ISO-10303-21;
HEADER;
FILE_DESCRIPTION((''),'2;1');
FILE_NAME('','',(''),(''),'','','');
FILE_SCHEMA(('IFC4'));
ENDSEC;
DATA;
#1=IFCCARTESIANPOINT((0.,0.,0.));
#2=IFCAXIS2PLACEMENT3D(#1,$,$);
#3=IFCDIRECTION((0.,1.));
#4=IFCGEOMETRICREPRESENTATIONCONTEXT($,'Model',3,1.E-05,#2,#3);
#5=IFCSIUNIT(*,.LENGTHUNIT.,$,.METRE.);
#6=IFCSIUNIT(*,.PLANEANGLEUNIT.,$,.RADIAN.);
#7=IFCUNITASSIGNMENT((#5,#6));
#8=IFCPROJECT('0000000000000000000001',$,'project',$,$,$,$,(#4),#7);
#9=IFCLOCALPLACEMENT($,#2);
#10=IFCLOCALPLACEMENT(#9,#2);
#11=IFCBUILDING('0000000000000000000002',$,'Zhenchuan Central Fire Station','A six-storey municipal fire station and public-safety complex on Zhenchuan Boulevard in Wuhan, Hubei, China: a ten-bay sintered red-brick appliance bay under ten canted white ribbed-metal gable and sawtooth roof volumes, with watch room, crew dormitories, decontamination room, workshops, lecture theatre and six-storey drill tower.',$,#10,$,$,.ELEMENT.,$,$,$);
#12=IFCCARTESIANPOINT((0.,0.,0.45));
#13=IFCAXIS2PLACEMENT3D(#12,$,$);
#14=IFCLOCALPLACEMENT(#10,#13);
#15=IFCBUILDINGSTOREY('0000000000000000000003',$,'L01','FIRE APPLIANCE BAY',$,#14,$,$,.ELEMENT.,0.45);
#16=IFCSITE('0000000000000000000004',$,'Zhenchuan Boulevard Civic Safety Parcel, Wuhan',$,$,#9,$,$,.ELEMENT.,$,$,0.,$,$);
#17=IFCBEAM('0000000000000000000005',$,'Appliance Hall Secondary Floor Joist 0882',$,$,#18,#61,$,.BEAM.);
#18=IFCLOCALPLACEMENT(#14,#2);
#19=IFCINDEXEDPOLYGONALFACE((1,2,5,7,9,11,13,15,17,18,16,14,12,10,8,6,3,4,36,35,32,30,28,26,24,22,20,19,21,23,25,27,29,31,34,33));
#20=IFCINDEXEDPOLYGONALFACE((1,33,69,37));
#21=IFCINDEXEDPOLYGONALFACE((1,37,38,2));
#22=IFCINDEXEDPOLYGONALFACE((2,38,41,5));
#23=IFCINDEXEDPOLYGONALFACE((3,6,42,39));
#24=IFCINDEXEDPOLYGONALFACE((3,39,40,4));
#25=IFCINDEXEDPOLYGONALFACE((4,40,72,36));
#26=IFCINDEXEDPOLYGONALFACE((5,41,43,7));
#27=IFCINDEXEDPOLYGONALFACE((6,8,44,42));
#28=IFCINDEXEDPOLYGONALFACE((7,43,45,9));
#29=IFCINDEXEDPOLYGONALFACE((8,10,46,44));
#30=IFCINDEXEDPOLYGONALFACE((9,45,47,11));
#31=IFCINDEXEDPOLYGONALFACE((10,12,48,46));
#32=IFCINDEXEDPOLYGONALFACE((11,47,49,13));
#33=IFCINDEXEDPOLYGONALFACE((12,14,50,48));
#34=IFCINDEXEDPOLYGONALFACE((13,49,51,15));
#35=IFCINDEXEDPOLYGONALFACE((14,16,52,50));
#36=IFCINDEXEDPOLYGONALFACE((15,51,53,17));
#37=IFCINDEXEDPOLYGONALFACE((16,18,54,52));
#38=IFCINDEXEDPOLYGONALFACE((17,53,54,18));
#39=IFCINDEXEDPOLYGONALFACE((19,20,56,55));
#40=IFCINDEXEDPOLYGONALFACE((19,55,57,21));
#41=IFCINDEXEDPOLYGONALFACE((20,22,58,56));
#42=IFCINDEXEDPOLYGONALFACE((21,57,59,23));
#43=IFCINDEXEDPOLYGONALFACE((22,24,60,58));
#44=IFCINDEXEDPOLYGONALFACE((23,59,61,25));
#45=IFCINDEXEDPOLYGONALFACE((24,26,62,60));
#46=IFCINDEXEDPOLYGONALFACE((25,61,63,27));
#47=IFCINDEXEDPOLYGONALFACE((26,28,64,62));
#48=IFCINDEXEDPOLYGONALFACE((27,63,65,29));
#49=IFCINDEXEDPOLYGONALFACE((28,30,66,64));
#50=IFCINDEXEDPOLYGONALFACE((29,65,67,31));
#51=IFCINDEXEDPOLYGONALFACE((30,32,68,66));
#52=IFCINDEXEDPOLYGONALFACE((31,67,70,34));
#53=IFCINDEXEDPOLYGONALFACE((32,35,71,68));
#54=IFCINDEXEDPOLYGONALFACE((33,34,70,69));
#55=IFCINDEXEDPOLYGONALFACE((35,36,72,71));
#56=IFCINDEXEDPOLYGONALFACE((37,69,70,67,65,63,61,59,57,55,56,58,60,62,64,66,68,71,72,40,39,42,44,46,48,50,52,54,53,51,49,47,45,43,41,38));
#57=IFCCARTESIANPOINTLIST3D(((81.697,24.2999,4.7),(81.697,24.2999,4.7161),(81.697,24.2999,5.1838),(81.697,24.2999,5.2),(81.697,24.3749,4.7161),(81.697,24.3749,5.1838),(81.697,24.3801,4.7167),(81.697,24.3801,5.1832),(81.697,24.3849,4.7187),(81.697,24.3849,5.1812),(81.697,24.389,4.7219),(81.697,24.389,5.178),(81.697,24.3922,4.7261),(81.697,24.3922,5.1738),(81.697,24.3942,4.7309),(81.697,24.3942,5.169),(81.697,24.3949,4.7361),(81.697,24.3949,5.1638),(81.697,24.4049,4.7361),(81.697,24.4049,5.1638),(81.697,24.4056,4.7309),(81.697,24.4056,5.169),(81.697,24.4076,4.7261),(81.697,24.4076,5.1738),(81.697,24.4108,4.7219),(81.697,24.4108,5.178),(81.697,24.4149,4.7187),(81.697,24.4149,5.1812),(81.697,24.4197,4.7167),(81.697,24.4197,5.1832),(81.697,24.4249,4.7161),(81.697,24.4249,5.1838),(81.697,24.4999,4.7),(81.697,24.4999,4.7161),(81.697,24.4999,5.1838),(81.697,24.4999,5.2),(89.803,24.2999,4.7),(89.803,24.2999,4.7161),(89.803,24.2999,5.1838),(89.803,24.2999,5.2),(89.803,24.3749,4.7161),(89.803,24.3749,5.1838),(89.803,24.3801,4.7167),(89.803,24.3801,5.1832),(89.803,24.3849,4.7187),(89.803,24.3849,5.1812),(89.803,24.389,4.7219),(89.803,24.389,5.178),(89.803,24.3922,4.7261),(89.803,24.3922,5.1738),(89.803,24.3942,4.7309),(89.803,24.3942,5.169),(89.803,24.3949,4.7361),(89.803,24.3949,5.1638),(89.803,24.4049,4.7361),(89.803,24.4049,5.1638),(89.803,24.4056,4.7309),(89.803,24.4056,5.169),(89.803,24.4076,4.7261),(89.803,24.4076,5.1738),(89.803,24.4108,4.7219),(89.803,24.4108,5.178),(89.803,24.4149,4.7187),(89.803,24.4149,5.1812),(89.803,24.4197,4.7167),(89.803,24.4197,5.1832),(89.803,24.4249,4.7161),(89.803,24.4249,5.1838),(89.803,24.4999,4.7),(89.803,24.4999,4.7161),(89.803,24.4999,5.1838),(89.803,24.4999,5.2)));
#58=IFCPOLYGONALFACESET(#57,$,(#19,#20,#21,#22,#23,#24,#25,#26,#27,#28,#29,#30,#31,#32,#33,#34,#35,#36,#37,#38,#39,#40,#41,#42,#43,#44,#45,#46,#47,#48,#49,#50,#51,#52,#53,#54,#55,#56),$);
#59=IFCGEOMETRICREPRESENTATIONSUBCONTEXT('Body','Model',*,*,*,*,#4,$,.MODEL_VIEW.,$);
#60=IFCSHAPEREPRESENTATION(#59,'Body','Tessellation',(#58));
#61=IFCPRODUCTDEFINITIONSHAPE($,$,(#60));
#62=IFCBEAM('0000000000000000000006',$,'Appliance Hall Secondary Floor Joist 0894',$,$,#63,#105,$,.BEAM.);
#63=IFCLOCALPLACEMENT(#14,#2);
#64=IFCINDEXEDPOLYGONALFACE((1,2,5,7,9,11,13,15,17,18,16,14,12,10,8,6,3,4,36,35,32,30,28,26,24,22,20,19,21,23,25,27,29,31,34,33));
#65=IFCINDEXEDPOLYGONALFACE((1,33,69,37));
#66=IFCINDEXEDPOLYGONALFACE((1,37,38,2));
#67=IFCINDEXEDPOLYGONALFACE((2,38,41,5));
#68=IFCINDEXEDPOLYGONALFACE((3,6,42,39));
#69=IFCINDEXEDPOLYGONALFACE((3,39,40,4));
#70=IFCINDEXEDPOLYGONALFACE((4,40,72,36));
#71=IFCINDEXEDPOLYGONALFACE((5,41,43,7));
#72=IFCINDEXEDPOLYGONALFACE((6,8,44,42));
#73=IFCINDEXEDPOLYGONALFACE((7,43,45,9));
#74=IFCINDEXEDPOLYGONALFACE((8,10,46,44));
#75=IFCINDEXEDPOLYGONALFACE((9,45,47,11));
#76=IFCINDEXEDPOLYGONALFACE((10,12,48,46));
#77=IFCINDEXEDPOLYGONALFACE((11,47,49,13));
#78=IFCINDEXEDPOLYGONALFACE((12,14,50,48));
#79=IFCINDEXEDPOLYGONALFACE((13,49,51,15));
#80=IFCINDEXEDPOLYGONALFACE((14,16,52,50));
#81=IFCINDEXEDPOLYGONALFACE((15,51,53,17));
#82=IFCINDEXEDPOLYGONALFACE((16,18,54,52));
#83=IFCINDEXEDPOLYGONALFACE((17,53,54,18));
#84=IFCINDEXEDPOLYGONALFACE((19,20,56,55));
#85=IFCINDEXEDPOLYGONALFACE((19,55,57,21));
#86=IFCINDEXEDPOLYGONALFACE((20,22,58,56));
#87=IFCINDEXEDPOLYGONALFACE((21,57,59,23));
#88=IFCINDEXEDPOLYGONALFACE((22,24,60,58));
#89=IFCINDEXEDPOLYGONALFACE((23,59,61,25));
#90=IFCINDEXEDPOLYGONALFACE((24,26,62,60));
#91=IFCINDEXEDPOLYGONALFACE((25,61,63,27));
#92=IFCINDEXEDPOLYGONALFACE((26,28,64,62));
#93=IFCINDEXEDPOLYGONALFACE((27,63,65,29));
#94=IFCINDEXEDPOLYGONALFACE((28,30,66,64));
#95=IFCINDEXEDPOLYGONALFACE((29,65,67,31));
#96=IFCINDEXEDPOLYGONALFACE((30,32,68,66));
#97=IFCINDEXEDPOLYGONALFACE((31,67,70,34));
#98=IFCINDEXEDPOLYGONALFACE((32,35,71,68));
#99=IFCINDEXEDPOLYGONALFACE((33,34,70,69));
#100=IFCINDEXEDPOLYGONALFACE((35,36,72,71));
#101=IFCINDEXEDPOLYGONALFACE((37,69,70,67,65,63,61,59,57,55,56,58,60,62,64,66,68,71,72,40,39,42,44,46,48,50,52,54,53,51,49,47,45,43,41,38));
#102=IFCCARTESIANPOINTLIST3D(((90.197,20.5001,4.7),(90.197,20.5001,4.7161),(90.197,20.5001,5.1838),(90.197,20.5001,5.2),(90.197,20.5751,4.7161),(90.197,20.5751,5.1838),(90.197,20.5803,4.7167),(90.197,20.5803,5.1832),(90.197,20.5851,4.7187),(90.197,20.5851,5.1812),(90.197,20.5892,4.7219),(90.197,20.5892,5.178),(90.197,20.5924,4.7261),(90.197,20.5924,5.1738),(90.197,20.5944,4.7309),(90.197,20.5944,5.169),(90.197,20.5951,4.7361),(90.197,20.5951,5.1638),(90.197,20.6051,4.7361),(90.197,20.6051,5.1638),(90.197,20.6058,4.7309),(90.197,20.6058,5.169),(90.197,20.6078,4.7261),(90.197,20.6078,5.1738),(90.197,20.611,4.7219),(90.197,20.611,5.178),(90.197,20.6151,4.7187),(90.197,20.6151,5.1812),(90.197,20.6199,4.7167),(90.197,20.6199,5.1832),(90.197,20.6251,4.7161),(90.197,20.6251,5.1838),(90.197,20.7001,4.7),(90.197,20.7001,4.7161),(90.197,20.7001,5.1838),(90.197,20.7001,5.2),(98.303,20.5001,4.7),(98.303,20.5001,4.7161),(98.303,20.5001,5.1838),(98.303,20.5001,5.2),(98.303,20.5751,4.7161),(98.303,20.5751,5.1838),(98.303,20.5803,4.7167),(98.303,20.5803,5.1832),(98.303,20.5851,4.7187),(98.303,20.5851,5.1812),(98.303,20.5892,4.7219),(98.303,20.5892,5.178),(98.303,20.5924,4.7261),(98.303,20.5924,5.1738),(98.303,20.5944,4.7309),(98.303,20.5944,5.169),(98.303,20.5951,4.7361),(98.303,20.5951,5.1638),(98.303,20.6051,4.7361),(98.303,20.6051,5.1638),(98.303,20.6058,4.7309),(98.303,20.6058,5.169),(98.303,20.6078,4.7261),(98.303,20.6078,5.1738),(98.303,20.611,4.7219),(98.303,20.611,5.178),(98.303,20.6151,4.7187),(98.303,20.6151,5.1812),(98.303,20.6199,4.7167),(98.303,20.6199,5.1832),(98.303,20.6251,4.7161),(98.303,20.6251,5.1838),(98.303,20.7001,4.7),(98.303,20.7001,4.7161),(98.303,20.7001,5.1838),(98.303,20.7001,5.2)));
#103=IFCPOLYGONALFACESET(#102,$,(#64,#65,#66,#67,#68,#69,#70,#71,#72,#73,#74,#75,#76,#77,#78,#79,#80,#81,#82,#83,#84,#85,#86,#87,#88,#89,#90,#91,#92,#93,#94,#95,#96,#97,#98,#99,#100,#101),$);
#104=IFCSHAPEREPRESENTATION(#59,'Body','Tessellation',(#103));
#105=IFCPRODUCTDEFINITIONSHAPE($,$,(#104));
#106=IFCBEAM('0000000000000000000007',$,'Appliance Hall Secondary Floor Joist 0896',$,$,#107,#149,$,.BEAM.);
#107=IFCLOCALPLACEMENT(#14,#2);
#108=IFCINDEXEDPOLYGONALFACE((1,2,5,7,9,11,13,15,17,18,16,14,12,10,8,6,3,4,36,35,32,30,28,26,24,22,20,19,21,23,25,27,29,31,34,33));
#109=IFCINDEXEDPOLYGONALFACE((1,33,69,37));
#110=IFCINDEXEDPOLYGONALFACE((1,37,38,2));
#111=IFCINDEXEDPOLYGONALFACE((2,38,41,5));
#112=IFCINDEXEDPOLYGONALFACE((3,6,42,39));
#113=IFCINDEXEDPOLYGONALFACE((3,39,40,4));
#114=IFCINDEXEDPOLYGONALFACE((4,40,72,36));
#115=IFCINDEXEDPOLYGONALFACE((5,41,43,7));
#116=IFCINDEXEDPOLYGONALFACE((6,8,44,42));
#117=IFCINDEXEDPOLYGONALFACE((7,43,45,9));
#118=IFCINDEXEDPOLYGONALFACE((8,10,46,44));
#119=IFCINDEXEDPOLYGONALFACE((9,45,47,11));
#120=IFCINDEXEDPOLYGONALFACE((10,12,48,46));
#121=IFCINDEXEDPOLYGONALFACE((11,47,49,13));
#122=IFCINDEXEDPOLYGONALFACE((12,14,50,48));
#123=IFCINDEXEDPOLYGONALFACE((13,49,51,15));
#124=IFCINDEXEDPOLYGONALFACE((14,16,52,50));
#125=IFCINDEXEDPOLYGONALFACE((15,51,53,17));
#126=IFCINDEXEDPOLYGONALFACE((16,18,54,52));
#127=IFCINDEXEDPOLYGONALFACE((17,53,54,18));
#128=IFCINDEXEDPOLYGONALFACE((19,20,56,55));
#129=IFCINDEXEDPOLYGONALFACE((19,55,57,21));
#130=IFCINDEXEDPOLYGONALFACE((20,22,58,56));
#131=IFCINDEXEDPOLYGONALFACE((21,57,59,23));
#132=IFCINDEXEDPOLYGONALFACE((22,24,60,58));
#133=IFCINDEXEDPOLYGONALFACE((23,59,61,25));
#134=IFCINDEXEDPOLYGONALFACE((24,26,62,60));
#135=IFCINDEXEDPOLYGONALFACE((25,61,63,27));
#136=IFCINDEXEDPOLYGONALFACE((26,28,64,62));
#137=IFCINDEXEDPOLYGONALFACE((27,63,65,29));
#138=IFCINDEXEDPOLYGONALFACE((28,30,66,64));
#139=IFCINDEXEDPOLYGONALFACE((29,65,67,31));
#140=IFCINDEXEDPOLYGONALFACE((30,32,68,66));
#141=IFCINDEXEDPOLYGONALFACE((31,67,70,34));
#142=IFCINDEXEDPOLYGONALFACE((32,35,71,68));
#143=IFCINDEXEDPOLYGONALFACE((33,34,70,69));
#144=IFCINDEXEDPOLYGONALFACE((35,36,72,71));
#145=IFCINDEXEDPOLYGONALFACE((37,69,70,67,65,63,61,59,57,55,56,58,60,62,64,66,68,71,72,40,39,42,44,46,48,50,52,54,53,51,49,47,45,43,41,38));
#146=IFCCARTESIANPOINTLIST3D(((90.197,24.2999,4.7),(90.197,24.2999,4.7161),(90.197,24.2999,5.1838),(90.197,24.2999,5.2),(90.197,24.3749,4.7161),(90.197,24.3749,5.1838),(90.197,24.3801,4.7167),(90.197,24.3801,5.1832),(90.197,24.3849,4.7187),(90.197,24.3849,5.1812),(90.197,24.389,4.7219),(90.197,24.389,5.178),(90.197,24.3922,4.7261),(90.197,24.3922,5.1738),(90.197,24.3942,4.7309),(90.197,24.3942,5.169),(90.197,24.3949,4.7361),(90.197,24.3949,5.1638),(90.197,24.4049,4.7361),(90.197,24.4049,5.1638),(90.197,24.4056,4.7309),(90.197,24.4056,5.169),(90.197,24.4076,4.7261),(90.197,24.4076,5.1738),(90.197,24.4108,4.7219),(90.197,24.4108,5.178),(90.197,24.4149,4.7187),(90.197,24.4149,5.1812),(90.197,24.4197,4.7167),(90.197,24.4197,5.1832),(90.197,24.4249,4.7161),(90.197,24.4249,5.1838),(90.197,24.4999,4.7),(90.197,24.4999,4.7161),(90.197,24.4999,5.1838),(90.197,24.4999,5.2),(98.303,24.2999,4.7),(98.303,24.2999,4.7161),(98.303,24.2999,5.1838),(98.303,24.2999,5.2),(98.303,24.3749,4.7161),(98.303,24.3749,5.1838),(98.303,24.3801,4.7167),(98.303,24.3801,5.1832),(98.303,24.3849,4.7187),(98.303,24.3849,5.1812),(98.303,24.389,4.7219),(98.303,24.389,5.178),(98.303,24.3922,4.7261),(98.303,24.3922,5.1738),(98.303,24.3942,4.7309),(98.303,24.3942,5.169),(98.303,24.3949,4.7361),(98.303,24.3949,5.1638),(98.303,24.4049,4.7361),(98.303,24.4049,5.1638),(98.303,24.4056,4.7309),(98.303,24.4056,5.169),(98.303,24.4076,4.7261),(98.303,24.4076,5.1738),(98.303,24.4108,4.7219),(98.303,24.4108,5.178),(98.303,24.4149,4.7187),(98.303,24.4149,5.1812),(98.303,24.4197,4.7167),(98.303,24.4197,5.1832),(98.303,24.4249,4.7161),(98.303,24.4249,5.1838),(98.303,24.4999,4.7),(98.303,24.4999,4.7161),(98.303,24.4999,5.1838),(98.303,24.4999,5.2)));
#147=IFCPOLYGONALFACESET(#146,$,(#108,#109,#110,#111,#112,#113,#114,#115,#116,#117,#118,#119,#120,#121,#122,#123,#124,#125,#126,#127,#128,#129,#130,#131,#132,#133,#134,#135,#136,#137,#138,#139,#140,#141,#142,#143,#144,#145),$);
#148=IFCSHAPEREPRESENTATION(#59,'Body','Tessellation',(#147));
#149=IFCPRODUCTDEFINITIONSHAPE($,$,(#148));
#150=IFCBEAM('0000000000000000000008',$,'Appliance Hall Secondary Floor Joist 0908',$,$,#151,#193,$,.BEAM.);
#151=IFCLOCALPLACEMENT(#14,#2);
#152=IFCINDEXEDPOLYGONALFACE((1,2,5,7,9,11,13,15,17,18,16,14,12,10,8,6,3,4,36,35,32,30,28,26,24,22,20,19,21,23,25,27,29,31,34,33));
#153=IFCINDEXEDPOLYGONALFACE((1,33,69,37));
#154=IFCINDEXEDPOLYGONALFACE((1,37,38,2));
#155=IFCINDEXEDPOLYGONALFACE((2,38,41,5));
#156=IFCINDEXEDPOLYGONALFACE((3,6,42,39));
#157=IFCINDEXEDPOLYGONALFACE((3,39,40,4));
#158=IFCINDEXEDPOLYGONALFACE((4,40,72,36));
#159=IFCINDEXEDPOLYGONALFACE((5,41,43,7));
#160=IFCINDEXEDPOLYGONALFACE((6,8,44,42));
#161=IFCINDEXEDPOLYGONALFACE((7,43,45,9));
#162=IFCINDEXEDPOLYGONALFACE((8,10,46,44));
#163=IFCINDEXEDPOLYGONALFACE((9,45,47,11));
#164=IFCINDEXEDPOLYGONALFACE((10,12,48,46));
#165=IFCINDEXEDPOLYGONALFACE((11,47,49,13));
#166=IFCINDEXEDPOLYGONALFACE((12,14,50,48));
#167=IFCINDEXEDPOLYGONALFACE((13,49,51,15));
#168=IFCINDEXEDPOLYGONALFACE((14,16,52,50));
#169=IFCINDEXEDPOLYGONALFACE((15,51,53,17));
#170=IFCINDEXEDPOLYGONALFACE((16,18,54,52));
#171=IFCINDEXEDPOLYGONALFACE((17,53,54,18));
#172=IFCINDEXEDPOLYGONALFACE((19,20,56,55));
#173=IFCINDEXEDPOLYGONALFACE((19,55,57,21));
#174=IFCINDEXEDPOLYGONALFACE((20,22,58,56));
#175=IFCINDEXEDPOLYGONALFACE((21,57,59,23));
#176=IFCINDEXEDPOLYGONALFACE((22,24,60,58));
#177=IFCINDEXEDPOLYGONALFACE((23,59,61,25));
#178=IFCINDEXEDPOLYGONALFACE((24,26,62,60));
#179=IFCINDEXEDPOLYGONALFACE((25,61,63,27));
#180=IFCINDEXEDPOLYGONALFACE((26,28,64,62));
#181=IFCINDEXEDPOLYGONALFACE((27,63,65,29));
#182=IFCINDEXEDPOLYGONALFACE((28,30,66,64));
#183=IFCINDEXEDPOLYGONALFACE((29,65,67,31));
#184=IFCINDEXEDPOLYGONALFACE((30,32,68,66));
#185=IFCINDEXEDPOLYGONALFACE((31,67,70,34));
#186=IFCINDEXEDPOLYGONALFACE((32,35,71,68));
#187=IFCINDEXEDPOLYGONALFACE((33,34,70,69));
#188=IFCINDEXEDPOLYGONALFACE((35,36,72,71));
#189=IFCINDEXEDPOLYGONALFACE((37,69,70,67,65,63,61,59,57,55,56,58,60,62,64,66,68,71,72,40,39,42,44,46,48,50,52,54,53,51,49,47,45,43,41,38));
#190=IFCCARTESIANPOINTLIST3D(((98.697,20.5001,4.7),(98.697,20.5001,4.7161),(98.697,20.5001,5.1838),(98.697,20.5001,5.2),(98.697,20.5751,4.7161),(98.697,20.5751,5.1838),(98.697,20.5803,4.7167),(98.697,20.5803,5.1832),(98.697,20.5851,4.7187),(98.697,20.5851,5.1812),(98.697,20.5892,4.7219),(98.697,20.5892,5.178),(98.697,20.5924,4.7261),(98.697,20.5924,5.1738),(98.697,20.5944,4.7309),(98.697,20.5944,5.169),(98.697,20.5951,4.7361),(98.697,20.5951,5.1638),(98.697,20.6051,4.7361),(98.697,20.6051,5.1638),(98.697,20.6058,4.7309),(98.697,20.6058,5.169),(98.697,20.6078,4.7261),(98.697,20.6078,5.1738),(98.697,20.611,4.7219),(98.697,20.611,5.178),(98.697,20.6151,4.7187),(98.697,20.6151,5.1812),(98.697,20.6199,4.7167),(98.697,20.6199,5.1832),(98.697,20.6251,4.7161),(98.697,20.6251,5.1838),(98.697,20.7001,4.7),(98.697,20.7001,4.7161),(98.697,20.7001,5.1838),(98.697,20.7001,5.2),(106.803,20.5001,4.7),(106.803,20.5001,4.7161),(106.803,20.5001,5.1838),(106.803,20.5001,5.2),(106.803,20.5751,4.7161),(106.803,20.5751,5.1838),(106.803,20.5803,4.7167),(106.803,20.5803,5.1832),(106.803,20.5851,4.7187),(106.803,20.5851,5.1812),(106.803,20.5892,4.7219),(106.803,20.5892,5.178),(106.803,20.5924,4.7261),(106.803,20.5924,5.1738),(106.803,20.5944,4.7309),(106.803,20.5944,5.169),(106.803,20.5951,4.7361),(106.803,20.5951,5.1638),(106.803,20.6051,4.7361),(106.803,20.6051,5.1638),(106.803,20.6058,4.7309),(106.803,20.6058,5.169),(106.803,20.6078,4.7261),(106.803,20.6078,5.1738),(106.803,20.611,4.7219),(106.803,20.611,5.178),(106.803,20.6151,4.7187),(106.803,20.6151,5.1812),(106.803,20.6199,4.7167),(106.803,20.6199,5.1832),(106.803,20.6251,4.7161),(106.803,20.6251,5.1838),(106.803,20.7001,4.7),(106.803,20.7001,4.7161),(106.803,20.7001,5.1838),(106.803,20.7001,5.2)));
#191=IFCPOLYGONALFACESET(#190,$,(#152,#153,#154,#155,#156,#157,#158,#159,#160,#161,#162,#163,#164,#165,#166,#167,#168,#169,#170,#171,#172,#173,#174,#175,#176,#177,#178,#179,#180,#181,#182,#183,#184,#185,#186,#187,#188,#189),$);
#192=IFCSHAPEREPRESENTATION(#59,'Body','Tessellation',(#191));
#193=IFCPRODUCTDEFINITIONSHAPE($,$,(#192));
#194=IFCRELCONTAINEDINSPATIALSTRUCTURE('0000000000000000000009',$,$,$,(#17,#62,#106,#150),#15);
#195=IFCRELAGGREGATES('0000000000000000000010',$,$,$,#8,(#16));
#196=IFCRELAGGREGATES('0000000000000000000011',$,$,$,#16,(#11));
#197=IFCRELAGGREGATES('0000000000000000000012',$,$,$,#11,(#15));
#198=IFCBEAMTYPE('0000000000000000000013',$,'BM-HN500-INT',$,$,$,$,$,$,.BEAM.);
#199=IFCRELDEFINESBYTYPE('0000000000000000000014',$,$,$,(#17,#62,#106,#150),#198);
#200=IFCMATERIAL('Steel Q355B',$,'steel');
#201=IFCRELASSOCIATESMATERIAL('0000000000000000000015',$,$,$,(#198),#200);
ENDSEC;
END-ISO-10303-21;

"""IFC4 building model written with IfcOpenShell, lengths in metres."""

from ifc_helpers import new_model, si_unit, direction, frame, origin, origin_2d, place, context, subcontext, project, spatial, i_section, extrude, material, material_profile, profile_set, type_object, element, save


model = new_model("IFC4")

# Units and contexts
model_context = context("Model", 3, precision=1e-05, world=origin(), true_north=direction((0.0, 1.0)))
body_context = subcontext(model_context, "Body", "Model", "MODEL_VIEW")
ifc_project = project(units=[si_unit("LENGTHUNIT", "METRE"), si_unit("PLANEANGLEUNIT", "RADIAN")], contexts=[model_context])

# Site, building, storey
site_placement = place(None, origin())
site = spatial("IfcSite", under=ifc_project, at=site_placement, Name="Zhenchuan Boulevard Civic Safety Parcel, Wuhan", CompositionType="ELEMENT", RefElevation=0.0)
building_placement = place(site_placement, origin())
building = spatial("IfcBuilding", under=site, at=building_placement, Name="Zhenchuan Central Fire Station", Description="A six-storey municipal fire station and public-safety complex on Zhenchuan Boulevard in Wuhan, Hubei, China: a ten-bay sintered red-brick appliance bay under ten canted white ribbed-metal gable and sawtooth roof volumes, with watch room, crew dormitories, decontamination room, workshops, lecture theatre and six-storey drill tower.", CompositionType="ELEMENT")
storey_placement = place(building_placement, frame((0.0, 0.0, 0.45)))
storey = spatial("IfcBuildingStorey", under=building, at=storey_placement, Name="L01", Description="FIRE APPLIANCE BAY", CompositionType="ELEMENT", Elevation=0.45)

# Beams
ifc_material = material(Name="Steel Q355B", Category="steel")
ifc_material_profile_1 = material_profile(ifc_material, i_section(OverallWidth=0.2, OverallDepth=0.5, WebThickness=0.01, FlangeThickness=0.0161, FilletRadius=0.02, at=origin_2d()), Name="HN 500x200")
ifc_profile_set_1 = profile_set([ifc_material_profile_1], Name="Steel Q355B")
beam_type_1 = type_object("IfcBeamType", Name="BM-HN500-INT", PredefinedType="BEAM", material=ifc_profile_set_1)
for number, where, z_axis, x_axis, name in (
    (1, (81.697, 24.3999, 4.95), (1.0, 0.0, 0.0), (0.0, 1.0, 0.0), "Appliance Hall Secondary Floor Joist 0882"),
    (2, (90.197, 20.6001, 4.95), (1.0, 0.0, 0.0), (0.0, 1.0, 0.0), "Appliance Hall Secondary Floor Joist 0894"),
    (3, (90.197, 24.3999, 4.95), (1.0, 0.0, 0.0), (0.0, 1.0, 0.0), "Appliance Hall Secondary Floor Joist 0896"),
    (4, (98.697, 20.6001, 4.95), (1.0, 0.0, 0.0), (0.0, 1.0, 0.0), "Appliance Hall Secondary Floor Joist 0908"),
):
    element("IfcBeam", number, at=place(storey_placement, frame(where, z_axis=z_axis, x_axis=x_axis)), inside=storey, type_object=beam_type_1, Name=name, PredefinedType="BEAM", context=body_context, shape_type="SweptSolid", body=[
        extrude(i_section(OverallWidth=0.2, OverallDepth=0.5, WebThickness=0.01, FlangeThickness=0.0161, FilletRadius=0.02, at=origin_2d()), origin(), (0.0, 0.0, 1.0), 8.106),
    ])

save(model, "model.ifc")
